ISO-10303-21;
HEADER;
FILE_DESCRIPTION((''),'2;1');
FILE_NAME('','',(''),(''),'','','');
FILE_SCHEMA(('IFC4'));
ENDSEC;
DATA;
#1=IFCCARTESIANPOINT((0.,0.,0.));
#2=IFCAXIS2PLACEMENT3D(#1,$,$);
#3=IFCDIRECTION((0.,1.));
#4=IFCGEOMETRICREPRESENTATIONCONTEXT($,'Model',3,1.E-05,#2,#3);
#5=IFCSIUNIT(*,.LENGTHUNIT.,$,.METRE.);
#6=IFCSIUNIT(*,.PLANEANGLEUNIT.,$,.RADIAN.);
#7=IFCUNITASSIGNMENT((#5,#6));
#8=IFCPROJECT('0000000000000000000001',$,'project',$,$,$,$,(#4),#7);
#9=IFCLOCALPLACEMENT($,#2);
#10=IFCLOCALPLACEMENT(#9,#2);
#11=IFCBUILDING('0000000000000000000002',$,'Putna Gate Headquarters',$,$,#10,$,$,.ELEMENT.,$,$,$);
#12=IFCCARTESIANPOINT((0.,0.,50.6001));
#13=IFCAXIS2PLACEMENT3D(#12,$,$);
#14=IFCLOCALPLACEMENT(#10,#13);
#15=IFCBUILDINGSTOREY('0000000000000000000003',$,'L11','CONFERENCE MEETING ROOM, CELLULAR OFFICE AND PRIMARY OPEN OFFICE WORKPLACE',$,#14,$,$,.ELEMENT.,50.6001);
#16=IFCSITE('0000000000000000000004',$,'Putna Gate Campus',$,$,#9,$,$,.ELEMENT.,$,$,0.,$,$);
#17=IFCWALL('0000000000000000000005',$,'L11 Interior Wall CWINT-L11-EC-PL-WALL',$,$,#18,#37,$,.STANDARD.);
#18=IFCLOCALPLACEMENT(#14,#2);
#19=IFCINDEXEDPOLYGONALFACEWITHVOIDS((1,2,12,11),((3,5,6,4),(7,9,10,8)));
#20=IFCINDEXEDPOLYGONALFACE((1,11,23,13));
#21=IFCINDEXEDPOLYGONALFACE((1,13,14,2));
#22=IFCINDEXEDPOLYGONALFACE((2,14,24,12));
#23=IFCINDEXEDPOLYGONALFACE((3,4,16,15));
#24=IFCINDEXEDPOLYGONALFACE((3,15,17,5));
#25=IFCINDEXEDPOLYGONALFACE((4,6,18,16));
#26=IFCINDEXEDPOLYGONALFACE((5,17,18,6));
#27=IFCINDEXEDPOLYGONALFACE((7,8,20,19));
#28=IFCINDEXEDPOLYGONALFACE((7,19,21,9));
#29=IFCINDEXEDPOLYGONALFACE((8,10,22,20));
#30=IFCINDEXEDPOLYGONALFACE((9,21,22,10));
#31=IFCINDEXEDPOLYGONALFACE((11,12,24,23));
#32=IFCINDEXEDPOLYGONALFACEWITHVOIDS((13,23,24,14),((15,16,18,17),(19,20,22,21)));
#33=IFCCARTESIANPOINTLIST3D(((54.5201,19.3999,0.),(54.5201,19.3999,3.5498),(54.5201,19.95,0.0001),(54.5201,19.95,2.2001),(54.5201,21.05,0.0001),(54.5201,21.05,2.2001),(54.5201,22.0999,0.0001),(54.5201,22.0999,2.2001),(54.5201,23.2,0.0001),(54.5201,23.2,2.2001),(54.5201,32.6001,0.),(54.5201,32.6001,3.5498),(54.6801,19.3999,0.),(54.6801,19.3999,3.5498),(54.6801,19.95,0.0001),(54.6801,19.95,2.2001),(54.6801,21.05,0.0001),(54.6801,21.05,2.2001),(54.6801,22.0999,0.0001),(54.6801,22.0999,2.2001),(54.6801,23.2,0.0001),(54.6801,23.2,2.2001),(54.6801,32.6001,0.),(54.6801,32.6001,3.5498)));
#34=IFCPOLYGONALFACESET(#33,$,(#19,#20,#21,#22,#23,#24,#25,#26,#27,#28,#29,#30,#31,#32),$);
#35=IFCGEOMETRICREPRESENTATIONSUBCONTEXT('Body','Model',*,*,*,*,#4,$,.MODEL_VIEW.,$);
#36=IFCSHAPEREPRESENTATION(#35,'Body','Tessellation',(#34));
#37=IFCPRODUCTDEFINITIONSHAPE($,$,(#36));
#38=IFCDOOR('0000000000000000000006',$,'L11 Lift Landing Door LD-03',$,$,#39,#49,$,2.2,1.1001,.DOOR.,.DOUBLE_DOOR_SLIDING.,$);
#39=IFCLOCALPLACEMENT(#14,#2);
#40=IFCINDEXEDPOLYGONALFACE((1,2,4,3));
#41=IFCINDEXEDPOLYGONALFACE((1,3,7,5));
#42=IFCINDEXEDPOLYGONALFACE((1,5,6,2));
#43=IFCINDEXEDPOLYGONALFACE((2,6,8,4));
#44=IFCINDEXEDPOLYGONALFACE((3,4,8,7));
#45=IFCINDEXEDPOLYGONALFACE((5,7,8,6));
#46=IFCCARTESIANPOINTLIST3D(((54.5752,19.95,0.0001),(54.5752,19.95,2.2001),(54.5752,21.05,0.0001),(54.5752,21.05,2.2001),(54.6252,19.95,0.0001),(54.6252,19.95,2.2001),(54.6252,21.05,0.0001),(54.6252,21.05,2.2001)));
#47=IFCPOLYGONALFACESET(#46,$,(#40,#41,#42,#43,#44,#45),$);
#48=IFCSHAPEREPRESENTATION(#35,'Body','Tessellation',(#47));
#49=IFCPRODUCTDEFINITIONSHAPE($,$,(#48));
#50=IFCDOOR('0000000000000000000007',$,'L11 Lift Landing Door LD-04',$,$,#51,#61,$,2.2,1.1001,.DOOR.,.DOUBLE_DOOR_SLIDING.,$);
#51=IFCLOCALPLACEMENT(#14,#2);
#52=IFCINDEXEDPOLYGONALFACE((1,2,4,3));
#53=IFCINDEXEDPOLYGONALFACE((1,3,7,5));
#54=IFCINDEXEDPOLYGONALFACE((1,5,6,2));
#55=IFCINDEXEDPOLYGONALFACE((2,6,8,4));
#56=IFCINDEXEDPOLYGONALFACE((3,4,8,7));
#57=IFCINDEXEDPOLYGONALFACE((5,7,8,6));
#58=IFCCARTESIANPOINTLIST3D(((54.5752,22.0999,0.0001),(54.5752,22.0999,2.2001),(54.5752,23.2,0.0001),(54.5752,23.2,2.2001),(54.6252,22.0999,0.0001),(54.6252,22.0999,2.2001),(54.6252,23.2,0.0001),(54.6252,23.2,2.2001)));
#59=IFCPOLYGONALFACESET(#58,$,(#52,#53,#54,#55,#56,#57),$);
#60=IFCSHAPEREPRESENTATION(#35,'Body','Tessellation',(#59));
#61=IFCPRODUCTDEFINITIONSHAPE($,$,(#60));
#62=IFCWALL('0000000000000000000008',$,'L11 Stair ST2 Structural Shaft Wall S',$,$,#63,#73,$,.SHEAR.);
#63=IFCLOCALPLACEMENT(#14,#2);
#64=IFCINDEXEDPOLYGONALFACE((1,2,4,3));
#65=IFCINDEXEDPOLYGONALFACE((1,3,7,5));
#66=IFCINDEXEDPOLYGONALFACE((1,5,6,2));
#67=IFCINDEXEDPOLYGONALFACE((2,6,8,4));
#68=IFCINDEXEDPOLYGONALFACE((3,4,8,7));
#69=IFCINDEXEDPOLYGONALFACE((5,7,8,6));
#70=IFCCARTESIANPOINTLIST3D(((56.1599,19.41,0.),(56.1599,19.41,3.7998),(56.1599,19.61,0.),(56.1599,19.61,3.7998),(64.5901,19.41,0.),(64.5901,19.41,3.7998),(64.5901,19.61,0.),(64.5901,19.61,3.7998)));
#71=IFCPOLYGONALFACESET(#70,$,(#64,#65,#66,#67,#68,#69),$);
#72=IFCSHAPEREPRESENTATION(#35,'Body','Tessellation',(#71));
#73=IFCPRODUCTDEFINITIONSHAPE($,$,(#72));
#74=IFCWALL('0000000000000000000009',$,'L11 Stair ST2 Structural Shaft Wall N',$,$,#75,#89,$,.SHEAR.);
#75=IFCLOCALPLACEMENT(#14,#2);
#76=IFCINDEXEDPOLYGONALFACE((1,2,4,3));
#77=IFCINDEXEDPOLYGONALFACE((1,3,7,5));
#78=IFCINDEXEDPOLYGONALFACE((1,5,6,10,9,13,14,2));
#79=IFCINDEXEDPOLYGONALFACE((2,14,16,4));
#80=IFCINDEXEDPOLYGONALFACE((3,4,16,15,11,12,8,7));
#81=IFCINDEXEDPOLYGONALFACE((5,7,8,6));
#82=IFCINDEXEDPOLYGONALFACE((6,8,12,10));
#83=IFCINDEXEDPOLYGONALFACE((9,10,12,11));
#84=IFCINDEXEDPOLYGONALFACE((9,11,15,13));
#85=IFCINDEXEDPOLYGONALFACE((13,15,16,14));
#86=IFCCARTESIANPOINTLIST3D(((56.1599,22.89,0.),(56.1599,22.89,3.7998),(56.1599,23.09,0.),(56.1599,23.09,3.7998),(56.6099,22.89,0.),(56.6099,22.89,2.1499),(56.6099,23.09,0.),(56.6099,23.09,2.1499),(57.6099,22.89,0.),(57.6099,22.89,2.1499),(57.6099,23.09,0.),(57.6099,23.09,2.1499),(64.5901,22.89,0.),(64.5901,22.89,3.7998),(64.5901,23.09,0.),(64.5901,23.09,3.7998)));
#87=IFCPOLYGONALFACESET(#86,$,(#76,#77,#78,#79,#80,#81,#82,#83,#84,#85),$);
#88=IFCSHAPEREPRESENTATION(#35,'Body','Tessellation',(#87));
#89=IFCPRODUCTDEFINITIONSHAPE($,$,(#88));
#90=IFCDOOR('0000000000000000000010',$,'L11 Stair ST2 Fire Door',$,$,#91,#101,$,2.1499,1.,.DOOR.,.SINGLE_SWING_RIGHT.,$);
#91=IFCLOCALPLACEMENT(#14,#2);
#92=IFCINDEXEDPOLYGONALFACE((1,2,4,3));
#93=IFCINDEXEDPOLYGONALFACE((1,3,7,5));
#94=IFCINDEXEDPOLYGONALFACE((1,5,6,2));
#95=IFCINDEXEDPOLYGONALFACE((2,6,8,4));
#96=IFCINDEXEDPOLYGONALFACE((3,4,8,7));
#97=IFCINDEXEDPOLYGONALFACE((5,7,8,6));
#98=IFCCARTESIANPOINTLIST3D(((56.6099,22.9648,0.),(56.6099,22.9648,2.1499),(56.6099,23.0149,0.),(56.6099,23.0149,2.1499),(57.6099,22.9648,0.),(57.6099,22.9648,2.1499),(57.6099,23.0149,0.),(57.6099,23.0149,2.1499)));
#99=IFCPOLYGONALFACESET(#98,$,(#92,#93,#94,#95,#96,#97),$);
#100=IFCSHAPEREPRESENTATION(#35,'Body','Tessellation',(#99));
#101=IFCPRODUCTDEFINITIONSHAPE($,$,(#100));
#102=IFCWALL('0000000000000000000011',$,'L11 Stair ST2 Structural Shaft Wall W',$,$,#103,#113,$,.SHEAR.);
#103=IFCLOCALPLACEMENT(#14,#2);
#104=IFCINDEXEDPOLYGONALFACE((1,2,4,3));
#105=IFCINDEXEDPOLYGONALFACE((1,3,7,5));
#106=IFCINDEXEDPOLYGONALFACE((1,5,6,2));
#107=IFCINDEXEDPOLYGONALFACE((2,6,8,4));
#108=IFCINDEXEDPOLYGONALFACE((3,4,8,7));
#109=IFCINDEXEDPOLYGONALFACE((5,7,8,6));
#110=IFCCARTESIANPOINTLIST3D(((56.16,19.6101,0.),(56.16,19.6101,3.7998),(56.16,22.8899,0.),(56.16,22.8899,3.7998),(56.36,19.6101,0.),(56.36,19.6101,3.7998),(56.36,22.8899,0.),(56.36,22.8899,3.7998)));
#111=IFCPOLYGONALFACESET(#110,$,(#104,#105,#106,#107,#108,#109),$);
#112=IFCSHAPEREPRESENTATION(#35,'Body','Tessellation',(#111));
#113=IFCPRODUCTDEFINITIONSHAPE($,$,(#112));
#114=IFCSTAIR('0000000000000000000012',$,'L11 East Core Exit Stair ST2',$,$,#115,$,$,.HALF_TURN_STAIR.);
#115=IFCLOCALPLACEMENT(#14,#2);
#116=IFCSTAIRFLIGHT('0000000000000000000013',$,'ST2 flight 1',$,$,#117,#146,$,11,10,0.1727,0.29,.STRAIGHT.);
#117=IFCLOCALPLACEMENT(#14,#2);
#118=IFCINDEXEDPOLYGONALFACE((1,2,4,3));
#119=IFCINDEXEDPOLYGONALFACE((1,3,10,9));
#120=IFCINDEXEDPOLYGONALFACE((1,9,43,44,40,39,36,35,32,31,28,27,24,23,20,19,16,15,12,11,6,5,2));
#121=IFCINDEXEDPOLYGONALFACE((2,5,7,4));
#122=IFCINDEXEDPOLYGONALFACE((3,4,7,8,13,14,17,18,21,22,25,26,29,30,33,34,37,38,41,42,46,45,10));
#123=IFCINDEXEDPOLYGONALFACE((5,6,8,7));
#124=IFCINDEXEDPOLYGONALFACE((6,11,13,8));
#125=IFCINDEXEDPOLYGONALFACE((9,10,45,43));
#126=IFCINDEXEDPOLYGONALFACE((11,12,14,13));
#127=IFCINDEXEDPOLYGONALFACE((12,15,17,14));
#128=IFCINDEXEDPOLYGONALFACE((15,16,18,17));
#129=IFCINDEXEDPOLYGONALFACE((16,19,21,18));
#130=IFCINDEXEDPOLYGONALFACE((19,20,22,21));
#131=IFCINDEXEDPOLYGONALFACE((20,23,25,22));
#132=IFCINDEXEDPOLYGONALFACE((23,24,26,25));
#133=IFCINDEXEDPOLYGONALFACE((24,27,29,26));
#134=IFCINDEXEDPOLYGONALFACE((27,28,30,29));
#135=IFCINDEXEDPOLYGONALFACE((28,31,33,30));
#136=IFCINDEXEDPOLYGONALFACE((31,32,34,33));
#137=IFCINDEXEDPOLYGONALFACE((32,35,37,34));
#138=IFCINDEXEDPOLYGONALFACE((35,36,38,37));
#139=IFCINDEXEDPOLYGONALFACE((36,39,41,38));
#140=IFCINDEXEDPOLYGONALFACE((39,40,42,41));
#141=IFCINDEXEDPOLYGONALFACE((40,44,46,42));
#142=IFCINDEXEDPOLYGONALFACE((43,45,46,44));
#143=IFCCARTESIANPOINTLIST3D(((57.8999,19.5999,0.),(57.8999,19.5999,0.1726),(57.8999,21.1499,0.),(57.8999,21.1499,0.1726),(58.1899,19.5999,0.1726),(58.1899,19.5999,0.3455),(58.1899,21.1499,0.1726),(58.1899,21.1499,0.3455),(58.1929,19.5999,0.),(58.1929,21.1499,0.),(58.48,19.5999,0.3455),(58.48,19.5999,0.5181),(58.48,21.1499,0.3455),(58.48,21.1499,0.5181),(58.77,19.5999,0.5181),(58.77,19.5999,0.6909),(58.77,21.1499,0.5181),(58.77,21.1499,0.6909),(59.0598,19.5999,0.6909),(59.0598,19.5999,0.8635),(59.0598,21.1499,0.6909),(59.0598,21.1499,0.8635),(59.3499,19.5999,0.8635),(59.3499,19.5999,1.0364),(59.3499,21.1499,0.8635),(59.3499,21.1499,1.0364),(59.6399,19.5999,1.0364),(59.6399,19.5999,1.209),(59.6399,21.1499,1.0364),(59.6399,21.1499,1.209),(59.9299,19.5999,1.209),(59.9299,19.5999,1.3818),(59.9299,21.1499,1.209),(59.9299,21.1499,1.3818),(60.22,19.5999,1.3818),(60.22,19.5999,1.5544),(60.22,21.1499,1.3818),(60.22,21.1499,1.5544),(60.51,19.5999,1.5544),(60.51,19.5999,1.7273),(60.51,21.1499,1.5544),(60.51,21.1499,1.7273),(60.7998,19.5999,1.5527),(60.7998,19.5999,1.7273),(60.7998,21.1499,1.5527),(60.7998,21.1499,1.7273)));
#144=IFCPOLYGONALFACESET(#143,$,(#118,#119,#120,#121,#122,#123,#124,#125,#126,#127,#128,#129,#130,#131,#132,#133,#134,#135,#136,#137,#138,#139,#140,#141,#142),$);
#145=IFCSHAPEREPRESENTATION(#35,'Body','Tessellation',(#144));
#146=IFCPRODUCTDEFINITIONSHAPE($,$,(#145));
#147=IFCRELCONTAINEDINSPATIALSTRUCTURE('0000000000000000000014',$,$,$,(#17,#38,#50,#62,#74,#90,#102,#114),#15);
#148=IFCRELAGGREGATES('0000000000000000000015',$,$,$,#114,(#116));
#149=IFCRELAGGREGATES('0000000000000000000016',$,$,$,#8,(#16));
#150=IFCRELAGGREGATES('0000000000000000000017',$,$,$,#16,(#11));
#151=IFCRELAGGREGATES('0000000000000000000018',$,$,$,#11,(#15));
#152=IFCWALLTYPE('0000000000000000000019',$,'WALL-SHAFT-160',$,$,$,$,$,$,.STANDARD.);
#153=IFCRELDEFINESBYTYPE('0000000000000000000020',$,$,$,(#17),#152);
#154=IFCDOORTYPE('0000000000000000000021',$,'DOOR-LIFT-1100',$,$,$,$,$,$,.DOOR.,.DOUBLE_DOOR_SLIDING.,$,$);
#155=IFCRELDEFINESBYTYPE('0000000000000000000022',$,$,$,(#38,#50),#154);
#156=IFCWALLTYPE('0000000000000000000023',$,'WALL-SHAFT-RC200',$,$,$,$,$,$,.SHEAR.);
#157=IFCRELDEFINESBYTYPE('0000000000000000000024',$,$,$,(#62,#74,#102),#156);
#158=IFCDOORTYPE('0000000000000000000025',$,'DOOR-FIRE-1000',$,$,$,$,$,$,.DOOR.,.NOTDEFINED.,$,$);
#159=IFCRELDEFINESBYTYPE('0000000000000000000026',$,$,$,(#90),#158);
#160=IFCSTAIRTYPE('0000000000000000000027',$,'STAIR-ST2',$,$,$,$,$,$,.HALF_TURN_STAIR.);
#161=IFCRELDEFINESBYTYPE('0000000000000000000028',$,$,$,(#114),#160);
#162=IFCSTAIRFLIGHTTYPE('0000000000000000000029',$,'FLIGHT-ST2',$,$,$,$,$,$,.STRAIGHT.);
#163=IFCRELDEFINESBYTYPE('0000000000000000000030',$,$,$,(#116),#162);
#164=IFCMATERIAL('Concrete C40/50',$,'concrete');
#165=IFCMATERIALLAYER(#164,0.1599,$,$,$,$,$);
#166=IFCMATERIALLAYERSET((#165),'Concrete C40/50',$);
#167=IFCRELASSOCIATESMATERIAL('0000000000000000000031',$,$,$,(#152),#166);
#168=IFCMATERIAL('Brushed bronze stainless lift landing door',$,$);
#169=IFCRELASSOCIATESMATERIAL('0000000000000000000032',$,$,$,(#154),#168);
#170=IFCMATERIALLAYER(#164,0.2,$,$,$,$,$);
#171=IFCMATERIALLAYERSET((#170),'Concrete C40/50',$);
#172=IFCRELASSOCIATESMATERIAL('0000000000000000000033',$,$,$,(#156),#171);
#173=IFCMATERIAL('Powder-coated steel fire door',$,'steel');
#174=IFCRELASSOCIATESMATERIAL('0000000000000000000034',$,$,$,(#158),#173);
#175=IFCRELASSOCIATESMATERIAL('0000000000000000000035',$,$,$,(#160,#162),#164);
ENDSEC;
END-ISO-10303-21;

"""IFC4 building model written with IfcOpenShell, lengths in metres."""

from ifc_helpers import new_model, si_unit, direction, frame, frame_2d, origin, place, context, subcontext, project, spatial, polyline, rectangle, outline, extrude, material, layer, layer_set, type_object, element, fill, aggregate, save


model = new_model("IFC4")

# Units and contexts
model_context = context("Model", 3, precision=1e-05, world=origin(), true_north=direction((0.0, 1.0)))
body_context = subcontext(model_context, "Body", "Model", "MODEL_VIEW")
ifc_project = project(units=[si_unit("LENGTHUNIT", "METRE"), si_unit("PLANEANGLEUNIT", "RADIAN")], contexts=[model_context])

# Site, building, storey
site_placement = place(None, origin())
site = spatial("IfcSite", under=ifc_project, at=site_placement, Name="Putna Gate Campus", CompositionType="ELEMENT", RefElevation=0.0)
building_placement = place(site_placement, origin())
building = spatial("IfcBuilding", under=site, at=building_placement, Name="Putna Gate Headquarters", CompositionType="ELEMENT")
storey_placement = place(building_placement, frame((0.0, 0.0, 50.6001)))
storey = spatial("IfcBuildingStorey", under=building, at=storey_placement, Name="L11", Description="CONFERENCE MEETING ROOM, CELLULAR OFFICE AND PRIMARY OPEN OFFICE WORKPLACE", CompositionType="ELEMENT", Elevation=50.6001)

# Wall, openings, doors
ifc_material_1 = material(Name="Concrete C40/50", Category="concrete")
ifc_layer_1 = layer(ifc_material_1, 0.1599)
ifc_layer_set_1 = layer_set([ifc_layer_1], Name="Concrete C40/50")
wall_type_1 = type_object("IfcWallType", Name="WALL-SHAFT-160", PredefinedType="STANDARD", material=ifc_layer_set_1)
wall_1_placement = place(storey_placement, frame((54.6001, 19.3999, 0.0), z_axis=(0.0, 0.0, 1.0), x_axis=(0.0, 1.0, 0.0)))
wall_1 = element("IfcWall", 1, at=wall_1_placement, inside=storey, type_object=wall_type_1, Name="L11 Interior Wall CWINT-L11-EC-PL-WALL", PredefinedType="STANDARD", context=body_context, shape_type="SweptSolid", body=[
    extrude(rectangle(XDim=13.2002, YDim=0.1599, at=frame_2d((6.6001, 0.0))), origin(), (0.0, 0.0, 1.0), 3.5498),
])
opening_1_placement = place(wall_1_placement, frame((0.55, 0.0, 0.0)))
opening_1 = element("IfcOpeningElement", 2, at=opening_1_placement, cuts=wall_1, PredefinedType="OPENING", context=body_context, shape_type="SweptSolid", body=[
    extrude(rectangle(XDim=1.1001, YDim=2.2, at=frame_2d((0.55, 1.1001))), frame((0.0, 0.0898, 0.0), z_axis=(0.0, -1.0, 0.0), x_axis=(1.0, 0.0, 0.0)), (0.0, 0.0, 1.0), 0.1799),
])
opening_2_placement = place(wall_1_placement, frame((2.7, 0.0, 0.0)))
opening_2 = element("IfcOpeningElement", 3, at=opening_2_placement, cuts=wall_1, PredefinedType="OPENING", context=body_context, shape_type="SweptSolid", body=[
    extrude(rectangle(XDim=1.1001, YDim=2.2, at=frame_2d((0.55, 1.1001))), frame((0.0, 0.0898, 0.0), z_axis=(0.0, -1.0, 0.0), x_axis=(1.0, 0.0, 0.0)), (0.0, 0.0, 1.0), 0.1799),
])
ifc_material_2 = material(Name="Brushed bronze stainless lift landing door")
door_type_1 = type_object("IfcDoorType", Name="DOOR-LIFT-1100", OperationType="DOUBLE_DOOR_SLIDING", PredefinedType="DOOR", material=ifc_material_2)
door_1_placement = place(opening_1_placement, origin())
door_1 = element("IfcDoor", 4, at=door_1_placement, inside=storey, type_object=door_type_1, Name="L11 Lift Landing Door LD-03", OperationType="DOUBLE_DOOR_SLIDING", OverallHeight=2.2, OverallWidth=1.1001, PredefinedType="DOOR", context=body_context, shape_type="SweptSolid", body=[
    extrude(rectangle(XDim=1.1001, YDim=2.2, at=frame_2d((0.55, 1.1001))), frame((0.0, 0.0249, 0.0), z_axis=(0.0, -1.0, 0.0), x_axis=(1.0, 0.0, 0.0)), (0.0, 0.0, 1.0), 0.05),
])
fill(opening_1, door_1)
door_2_placement = place(opening_2_placement, origin())
door_2 = element("IfcDoor", 5, at=door_2_placement, inside=storey, type_object=door_type_1, Name="L11 Lift Landing Door LD-04", OperationType="DOUBLE_DOOR_SLIDING", OverallHeight=2.2, OverallWidth=1.1001, PredefinedType="DOOR", context=body_context, shape_type="SweptSolid", body=[
    extrude(rectangle(XDim=1.1001, YDim=2.2, at=frame_2d((0.55, 1.1001))), frame((0.0, 0.0249, 0.0), z_axis=(0.0, -1.0, 0.0), x_axis=(1.0, 0.0, 0.0)), (0.0, 0.0, 1.0), 0.05),
])
fill(opening_2, door_2)

# Wall
ifc_layer_2 = layer(ifc_material_1, 0.2)
ifc_layer_set_2 = layer_set([ifc_layer_2], Name="Concrete C40/50")
wall_type_2 = type_object("IfcWallType", Name="WALL-SHAFT-RC200", PredefinedType="SHEAR", material=ifc_layer_set_2)
wall_2_placement = place(storey_placement, frame((56.1599, 19.51, 0.0), z_axis=(0.0, 0.0, 1.0), x_axis=(1.0, 0.0, 0.0)))
element("IfcWall", 6, at=wall_2_placement, inside=storey, type_object=wall_type_2, Name="L11 Stair ST2 Structural Shaft Wall S", PredefinedType="SHEAR", context=body_context, shape_type="SweptSolid", body=[
    extrude(rectangle(XDim=8.4302, YDim=0.2, at=frame_2d((4.2151, 0.0))), origin(), (0.0, 0.0, 1.0), 3.7998),
])

# Wall, opening, door
wall_3_placement = place(storey_placement, frame((56.1599, 22.99, 0.0), z_axis=(0.0, 0.0, 1.0), x_axis=(1.0, 0.0, 0.0)))
wall_3 = element("IfcWall", 7, at=wall_3_placement, inside=storey, type_object=wall_type_2, Name="L11 Stair ST2 Structural Shaft Wall N", PredefinedType="SHEAR", context=body_context, shape_type="SweptSolid", body=[
    extrude(rectangle(XDim=8.4302, YDim=0.2, at=frame_2d((4.2151, 0.0))), origin(), (0.0, 0.0, 1.0), 3.7998),
])
opening_3_placement = place(wall_3_placement, frame((0.45, 0.0, 0.0)))
opening_3 = element("IfcOpeningElement", 8, at=opening_3_placement, cuts=wall_3, PredefinedType="OPENING", context=body_context, shape_type="SweptSolid", body=[
    extrude(rectangle(XDim=1.0, YDim=2.1499, at=frame_2d((0.5, 1.075))), frame((0.0, 0.1099, 0.0), z_axis=(0.0, -1.0, 0.0), x_axis=(1.0, 0.0, 0.0)), (0.0, 0.0, 1.0), 0.22),
])
ifc_material_3 = material(Name="Powder-coated steel fire door", Category="steel")
door_type_2 = type_object("IfcDoorType", Name="DOOR-FIRE-1000", OperationType="NOTDEFINED", PredefinedType="DOOR", material=ifc_material_3)
door_3_placement = place(opening_3_placement, origin())
door_3 = element("IfcDoor", 9, at=door_3_placement, inside=storey, type_object=door_type_2, Name="L11 Stair ST2 Fire Door", OperationType="SINGLE_SWING_RIGHT", OverallHeight=2.1499, OverallWidth=1.0, PredefinedType="DOOR", context=body_context, shape_type="SweptSolid", body=[
    extrude(rectangle(XDim=1.0, YDim=2.1499, at=frame_2d((0.5, 1.075))), frame((0.0, 0.0249, 0.0), z_axis=(0.0, -1.0, 0.0), x_axis=(1.0, 0.0, 0.0)), (0.0, 0.0, 1.0), 0.05),
])
fill(opening_3, door_3)

# Wall
wall_4_placement = place(storey_placement, frame((56.26, 19.6101, 0.0), z_axis=(0.0, 0.0, 1.0), x_axis=(0.0, 1.0, 0.0)))
element("IfcWall", 10, at=wall_4_placement, inside=storey, type_object=wall_type_2, Name="L11 Stair ST2 Structural Shaft Wall W", PredefinedType="SHEAR", context=body_context, shape_type="SweptSolid", body=[
    extrude(rectangle(XDim=3.2798, YDim=0.2, at=frame_2d((1.6399, 0.0))), origin(), (0.0, 0.0, 1.0), 3.7998),
])

# Stair, stair flight
stair_type = type_object("IfcStairType", Name="STAIR-ST2", PredefinedType="HALF_TURN_STAIR", material=ifc_material_1)
stair_placement = place(storey_placement, origin())
stair = element("IfcStair", 11, at=stair_placement, inside=storey, type_object=stair_type, Name="L11 East Core Exit Stair ST2", PredefinedType="HALF_TURN_STAIR")
stair_flight_type = type_object("IfcStairFlightType", Name="FLIGHT-ST2", PredefinedType="STRAIGHT", material=ifc_material_1)
stair_flight_placement = place(storey_placement, frame((57.8999, 20.375, 0.0), z_axis=(0.0, 0.0, 1.0), x_axis=(1.0, 0.0, 0.0)))
stair_flight = element("IfcStairFlight", 12, at=stair_flight_placement, type_object=stair_flight_type, Name="ST2 flight 1", NumberOfRisers=11, NumberOfTreads=10, PredefinedType="STRAIGHT", RiserHeight=0.1727, TreadLength=0.29, context=body_context, shape_type="SweptSolid", body=[
    extrude(outline(polyline([(0.0, 0.0), (0.0, 0.1726), (0.29, 0.1726), (0.29, 0.3455), (0.5801, 0.3455), (0.5801, 0.5181), (0.8701, 0.5181), (0.8701, 0.6909), (1.1599, 0.6909), (1.1599, 0.8635), (1.45, 0.8635), (1.45, 1.0364), (1.74, 1.0364), (1.74, 1.209), (2.03, 1.209), (2.03, 1.3818), (2.3201, 1.3818), (2.3201, 1.5544), (2.6101, 1.5544), (2.6101, 1.7273), (2.8999, 1.7273), (2.8999, 1.8999), (2.8999, 1.5527), (0.293, 0.0), (0.0, 0.0)])), frame((0.0, 0.7749, 0.0), z_axis=(0.0, -1.0, 0.0), x_axis=(1.0, 0.0, 0.0)), (0.0, 0.0, 1.0), 1.55),
])
aggregate(stair, [stair_flight])

save(model, "model.ifc")
